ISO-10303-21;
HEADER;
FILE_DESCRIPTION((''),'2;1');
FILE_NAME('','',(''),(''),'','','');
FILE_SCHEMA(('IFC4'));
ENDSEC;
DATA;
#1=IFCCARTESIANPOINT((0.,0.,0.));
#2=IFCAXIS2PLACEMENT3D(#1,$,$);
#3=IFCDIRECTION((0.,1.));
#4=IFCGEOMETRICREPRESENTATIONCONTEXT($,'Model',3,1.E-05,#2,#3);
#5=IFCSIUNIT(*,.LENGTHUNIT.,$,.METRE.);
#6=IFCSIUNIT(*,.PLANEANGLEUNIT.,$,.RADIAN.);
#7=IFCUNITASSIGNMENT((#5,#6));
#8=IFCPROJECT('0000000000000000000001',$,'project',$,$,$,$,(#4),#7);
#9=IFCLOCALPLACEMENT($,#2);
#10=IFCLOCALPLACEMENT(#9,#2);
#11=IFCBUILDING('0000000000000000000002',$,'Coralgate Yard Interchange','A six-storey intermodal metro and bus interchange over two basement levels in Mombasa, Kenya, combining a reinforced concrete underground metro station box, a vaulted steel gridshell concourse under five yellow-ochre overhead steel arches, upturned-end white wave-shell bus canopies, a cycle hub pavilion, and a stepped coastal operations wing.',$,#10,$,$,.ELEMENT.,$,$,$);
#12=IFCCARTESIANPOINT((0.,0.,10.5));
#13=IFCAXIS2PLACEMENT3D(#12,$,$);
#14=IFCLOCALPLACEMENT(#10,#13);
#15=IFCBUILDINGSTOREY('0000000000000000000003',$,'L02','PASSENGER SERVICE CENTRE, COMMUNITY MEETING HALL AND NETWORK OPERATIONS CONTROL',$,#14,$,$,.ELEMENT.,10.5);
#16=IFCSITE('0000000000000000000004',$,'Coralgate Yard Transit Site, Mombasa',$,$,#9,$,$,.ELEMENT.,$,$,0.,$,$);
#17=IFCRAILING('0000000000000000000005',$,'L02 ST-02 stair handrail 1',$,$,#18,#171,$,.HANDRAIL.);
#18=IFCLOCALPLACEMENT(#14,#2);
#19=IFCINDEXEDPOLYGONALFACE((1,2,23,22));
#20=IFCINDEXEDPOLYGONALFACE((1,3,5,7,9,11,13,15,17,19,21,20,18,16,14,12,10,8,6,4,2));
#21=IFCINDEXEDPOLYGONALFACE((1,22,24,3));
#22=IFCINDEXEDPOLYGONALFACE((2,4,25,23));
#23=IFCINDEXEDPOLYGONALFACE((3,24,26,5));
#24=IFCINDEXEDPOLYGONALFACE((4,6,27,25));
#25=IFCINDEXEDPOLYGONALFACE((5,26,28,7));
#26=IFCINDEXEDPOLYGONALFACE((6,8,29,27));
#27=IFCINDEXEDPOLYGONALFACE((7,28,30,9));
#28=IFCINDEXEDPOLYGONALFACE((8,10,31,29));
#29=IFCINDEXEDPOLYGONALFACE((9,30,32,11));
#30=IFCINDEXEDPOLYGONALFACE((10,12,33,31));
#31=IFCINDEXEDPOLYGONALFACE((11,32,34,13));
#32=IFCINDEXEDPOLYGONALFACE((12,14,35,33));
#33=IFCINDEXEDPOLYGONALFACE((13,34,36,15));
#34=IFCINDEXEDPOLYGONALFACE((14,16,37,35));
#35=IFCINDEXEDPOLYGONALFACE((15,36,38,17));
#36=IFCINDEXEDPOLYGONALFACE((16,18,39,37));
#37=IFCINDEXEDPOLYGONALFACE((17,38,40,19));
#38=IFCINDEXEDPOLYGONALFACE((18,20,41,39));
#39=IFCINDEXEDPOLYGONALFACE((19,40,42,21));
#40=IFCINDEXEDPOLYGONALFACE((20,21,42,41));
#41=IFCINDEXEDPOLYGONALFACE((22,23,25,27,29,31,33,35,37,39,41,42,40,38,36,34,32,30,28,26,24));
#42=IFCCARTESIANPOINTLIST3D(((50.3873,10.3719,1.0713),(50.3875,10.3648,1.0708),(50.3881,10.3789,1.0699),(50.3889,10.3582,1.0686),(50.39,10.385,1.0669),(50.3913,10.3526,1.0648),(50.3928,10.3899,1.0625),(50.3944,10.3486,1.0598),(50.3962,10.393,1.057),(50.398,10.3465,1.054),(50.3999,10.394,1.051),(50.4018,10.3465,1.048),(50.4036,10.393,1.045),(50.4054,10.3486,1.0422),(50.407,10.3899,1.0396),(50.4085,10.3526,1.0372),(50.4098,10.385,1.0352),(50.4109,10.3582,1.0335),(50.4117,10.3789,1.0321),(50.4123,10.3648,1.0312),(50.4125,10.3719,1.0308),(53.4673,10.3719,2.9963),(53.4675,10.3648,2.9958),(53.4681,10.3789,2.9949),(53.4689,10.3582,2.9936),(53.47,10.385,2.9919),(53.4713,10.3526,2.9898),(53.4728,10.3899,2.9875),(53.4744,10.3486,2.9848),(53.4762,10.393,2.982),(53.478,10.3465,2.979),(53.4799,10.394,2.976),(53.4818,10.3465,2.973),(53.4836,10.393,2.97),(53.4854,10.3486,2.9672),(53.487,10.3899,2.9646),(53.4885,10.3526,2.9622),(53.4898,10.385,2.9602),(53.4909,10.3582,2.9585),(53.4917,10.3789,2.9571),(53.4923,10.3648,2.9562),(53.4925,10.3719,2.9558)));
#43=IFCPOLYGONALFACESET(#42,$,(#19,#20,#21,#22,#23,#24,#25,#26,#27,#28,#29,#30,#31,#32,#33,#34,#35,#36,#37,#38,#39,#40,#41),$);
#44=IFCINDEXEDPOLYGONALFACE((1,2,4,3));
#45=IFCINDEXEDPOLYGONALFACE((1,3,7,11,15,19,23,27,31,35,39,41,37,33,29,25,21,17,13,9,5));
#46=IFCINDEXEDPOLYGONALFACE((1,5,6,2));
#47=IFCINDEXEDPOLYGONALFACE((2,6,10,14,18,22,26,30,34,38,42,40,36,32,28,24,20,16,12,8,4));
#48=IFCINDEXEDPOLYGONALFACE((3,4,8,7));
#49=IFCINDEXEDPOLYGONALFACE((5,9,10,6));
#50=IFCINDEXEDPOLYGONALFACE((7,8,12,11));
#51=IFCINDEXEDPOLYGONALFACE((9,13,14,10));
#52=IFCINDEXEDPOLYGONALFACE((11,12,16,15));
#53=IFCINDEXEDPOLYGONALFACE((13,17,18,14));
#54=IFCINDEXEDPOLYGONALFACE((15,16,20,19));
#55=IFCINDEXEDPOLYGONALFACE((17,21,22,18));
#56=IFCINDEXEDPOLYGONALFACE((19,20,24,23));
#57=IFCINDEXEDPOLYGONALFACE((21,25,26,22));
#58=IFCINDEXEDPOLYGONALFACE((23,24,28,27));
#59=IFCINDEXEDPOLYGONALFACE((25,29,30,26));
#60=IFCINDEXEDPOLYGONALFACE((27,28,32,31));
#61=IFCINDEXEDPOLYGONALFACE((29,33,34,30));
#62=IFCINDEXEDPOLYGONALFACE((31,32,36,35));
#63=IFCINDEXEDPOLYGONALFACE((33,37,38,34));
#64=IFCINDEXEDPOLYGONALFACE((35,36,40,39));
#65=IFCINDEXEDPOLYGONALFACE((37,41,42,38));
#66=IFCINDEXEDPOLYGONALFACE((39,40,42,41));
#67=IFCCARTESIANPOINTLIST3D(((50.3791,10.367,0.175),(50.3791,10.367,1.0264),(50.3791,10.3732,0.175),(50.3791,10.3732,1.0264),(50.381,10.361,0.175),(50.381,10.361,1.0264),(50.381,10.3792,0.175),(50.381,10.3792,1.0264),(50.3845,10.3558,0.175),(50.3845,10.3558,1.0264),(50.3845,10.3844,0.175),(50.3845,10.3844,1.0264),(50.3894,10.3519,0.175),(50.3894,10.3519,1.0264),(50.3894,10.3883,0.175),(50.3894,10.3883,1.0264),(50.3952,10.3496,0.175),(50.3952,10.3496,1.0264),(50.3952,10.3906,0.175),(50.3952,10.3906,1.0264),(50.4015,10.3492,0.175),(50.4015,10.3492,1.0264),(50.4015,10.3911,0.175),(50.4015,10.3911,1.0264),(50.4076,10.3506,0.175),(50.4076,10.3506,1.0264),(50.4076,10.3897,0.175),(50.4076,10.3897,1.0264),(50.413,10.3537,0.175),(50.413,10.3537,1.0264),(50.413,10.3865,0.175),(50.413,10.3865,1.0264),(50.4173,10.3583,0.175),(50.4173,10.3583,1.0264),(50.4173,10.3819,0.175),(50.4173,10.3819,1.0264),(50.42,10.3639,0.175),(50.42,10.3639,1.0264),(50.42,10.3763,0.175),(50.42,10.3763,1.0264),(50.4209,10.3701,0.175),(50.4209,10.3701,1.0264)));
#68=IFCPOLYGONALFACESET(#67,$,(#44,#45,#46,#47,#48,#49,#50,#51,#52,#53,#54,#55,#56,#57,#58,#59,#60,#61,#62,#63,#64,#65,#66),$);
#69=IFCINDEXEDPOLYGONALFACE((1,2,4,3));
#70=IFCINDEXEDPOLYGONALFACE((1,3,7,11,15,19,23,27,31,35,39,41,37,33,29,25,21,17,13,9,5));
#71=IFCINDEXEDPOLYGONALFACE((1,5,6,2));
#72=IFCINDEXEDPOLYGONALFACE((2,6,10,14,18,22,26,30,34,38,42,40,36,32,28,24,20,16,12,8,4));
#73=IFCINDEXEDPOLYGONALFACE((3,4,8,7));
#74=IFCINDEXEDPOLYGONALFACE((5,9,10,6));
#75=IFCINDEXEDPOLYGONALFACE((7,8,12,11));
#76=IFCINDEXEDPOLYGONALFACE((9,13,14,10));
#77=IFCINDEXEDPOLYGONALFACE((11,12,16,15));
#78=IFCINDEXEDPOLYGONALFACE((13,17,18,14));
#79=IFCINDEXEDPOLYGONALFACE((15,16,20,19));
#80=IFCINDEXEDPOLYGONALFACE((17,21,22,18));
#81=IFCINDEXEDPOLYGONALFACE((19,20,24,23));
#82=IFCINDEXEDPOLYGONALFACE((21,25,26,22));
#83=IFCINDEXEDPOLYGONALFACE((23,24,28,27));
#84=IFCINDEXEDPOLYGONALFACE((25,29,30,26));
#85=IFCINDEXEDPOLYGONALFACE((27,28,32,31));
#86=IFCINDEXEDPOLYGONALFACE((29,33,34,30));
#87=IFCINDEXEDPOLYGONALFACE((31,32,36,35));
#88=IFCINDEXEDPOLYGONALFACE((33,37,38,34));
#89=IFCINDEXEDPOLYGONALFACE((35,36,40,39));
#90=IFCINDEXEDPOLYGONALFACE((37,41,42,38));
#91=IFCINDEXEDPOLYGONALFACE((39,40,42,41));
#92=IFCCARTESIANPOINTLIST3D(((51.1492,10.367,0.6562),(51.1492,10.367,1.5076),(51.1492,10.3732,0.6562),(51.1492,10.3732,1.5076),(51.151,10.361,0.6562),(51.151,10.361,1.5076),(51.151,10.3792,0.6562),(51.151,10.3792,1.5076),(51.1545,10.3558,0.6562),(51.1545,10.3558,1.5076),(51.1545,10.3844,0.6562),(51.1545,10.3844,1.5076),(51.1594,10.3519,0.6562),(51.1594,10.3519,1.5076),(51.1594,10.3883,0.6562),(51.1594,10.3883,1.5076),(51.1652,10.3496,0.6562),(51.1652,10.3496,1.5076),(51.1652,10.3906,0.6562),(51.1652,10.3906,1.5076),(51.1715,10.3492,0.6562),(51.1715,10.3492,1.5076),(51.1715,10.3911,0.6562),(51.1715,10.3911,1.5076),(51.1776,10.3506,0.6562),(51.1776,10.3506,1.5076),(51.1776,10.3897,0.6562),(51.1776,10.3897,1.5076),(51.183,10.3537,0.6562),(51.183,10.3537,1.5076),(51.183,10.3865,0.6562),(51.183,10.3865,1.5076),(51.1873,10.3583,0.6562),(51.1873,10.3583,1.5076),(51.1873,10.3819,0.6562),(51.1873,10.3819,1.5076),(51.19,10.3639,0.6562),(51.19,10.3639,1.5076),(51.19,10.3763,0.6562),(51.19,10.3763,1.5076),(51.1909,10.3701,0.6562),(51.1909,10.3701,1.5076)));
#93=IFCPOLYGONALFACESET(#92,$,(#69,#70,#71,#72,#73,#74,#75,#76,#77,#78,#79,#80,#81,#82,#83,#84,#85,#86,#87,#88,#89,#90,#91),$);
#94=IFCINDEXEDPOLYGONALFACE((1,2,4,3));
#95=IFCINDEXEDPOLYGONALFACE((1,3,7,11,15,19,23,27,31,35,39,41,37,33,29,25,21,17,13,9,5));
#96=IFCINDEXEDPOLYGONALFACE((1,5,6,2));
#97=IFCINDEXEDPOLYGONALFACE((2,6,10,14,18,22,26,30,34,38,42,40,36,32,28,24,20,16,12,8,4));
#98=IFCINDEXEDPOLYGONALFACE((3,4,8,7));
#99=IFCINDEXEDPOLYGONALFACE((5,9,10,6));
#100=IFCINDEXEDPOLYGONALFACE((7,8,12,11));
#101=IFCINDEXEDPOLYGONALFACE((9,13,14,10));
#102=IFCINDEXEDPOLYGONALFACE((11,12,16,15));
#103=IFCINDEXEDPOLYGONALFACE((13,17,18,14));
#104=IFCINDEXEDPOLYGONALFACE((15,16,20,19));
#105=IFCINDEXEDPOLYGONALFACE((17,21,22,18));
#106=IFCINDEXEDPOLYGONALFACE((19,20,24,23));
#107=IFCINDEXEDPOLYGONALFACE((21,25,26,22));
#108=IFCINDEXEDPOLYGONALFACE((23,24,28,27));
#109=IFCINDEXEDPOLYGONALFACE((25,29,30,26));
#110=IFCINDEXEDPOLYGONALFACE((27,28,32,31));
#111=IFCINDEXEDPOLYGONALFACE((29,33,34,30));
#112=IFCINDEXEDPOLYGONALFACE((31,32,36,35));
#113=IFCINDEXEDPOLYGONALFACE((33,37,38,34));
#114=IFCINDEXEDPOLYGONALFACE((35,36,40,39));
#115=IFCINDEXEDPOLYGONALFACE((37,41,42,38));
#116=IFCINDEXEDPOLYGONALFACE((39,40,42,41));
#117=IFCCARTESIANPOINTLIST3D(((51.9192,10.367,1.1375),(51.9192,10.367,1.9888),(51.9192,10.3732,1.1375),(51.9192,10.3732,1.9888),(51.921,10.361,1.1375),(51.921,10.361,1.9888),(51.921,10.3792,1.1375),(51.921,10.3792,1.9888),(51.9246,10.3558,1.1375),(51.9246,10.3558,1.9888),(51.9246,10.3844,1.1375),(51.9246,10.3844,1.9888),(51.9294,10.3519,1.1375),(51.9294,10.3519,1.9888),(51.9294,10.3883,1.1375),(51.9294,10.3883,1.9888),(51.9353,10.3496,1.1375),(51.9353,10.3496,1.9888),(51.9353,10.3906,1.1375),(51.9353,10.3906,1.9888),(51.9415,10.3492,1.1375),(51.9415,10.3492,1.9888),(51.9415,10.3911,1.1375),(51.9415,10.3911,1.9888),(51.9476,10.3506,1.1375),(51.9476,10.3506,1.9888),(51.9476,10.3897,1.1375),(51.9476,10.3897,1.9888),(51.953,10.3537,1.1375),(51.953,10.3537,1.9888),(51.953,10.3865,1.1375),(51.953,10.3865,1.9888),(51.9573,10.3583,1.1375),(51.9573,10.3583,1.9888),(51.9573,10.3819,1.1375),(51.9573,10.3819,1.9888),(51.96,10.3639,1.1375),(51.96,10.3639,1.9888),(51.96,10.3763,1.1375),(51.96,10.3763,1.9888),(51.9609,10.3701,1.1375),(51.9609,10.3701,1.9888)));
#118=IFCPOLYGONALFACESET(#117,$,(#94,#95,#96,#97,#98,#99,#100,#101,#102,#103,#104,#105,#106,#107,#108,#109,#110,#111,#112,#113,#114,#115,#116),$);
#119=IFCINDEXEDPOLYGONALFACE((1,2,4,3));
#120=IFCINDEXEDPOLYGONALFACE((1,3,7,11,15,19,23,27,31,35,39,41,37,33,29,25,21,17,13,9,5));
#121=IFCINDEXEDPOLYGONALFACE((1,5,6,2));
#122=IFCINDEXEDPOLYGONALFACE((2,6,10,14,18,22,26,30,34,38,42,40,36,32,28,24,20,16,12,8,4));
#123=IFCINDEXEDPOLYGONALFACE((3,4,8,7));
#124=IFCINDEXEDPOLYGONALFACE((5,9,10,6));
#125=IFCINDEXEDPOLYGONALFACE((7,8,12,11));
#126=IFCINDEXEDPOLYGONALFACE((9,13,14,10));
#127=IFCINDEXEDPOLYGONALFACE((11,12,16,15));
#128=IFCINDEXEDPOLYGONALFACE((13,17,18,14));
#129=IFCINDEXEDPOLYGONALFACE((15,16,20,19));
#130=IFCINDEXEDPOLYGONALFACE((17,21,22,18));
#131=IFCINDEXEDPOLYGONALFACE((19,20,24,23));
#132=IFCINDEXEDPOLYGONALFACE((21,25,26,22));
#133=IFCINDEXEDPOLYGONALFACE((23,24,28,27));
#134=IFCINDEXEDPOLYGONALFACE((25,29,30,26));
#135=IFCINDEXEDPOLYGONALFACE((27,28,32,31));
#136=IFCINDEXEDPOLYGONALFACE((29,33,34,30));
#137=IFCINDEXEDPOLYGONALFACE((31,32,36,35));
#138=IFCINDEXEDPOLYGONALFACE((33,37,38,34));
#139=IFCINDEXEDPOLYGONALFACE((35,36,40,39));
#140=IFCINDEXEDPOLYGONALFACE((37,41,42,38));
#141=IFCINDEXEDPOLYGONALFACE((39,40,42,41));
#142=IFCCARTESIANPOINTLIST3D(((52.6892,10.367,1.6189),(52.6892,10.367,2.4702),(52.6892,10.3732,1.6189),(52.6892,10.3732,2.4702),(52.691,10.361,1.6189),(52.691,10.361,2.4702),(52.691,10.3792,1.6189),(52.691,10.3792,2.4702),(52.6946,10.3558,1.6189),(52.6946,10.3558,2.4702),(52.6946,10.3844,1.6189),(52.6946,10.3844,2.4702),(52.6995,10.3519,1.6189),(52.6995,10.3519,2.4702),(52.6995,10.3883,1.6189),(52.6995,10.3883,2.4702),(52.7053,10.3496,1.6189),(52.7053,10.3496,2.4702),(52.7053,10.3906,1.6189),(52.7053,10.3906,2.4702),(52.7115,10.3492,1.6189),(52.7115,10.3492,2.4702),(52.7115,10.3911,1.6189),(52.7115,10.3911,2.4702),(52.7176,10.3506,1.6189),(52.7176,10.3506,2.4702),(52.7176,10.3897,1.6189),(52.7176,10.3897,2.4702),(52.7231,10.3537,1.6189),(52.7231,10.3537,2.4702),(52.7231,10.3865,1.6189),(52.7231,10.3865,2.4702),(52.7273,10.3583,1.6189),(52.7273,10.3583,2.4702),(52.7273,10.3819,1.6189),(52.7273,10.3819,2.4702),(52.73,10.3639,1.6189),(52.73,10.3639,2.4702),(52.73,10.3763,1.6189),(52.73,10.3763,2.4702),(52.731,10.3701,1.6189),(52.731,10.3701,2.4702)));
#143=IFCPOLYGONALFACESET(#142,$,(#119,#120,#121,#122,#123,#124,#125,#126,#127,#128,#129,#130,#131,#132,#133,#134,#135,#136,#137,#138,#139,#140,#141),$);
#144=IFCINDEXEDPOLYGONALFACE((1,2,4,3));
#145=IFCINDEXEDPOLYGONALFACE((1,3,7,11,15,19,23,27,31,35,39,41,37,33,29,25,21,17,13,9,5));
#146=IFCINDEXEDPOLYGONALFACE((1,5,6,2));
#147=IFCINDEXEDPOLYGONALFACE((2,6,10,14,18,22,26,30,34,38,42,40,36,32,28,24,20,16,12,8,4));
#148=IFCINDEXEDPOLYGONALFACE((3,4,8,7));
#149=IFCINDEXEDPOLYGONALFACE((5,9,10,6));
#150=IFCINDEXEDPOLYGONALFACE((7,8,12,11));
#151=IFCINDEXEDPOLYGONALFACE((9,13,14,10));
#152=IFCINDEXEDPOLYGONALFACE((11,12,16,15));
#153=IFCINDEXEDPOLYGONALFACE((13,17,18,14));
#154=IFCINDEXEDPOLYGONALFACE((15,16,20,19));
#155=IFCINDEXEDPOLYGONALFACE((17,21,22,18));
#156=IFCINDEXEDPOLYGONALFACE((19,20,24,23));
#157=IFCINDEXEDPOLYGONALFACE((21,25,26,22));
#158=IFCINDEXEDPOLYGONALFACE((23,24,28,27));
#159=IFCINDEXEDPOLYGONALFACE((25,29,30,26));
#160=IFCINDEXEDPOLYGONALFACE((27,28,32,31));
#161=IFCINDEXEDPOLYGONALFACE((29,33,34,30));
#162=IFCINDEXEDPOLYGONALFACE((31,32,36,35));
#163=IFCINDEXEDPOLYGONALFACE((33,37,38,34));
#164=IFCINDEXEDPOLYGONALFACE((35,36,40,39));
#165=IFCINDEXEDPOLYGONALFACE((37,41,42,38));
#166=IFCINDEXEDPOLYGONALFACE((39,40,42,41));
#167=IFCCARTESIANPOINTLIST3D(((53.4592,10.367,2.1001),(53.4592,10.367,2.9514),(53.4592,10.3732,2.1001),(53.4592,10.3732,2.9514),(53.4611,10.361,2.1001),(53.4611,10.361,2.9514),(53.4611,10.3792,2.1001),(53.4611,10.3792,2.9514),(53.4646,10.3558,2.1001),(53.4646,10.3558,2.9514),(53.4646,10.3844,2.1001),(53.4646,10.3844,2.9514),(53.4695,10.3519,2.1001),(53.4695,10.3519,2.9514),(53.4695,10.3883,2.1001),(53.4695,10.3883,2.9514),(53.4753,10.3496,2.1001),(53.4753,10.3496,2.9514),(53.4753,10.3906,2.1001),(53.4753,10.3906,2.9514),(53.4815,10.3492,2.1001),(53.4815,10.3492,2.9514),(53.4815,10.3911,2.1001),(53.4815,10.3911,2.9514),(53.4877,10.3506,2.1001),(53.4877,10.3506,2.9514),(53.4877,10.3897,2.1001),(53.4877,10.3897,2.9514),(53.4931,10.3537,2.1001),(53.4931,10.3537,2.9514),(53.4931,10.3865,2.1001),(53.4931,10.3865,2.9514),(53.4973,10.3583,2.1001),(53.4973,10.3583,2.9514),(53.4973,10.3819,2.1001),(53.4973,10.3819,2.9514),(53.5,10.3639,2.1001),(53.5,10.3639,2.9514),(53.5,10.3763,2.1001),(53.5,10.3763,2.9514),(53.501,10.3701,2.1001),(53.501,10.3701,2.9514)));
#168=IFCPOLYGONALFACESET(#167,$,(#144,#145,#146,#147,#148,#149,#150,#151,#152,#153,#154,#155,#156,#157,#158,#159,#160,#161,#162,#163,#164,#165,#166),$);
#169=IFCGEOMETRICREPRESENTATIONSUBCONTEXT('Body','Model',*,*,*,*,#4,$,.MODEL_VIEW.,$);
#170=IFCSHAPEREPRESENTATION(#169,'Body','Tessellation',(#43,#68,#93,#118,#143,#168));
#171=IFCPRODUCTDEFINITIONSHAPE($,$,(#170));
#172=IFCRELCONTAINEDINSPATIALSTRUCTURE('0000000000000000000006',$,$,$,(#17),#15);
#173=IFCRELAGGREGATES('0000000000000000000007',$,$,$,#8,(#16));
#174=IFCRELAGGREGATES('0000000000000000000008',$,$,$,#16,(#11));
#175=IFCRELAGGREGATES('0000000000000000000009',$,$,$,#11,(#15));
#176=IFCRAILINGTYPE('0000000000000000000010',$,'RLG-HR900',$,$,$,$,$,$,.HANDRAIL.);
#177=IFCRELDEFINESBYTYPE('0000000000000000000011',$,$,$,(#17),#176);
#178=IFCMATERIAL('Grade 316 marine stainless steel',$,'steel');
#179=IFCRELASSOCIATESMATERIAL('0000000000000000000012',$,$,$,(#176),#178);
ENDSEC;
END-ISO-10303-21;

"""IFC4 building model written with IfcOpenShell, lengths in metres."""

from ifc_helpers import new_model, si_unit, direction, frame, origin, origin_2d, place, context, subcontext, project, spatial, circle, extrude, material, type_object, element, save


model = new_model("IFC4")

# Units and contexts
model_context = context("Model", 3, precision=1e-05, world=origin(), true_north=direction((0.0, 1.0)))
body_context = subcontext(model_context, "Body", "Model", "MODEL_VIEW")
ifc_project = project(units=[si_unit("LENGTHUNIT", "METRE"), si_unit("PLANEANGLEUNIT", "RADIAN")], contexts=[model_context])

# Site, building, storey
site_placement = place(None, origin())
site = spatial("IfcSite", under=ifc_project, at=site_placement, Name="Coralgate Yard Transit Site, Mombasa", CompositionType="ELEMENT", RefElevation=0.0)
building_placement = place(site_placement, origin())
building = spatial("IfcBuilding", under=site, at=building_placement, Name="Coralgate Yard Interchange", Description="A six-storey intermodal metro and bus interchange over two basement levels in Mombasa, Kenya, combining a reinforced concrete underground metro station box, a vaulted steel gridshell concourse under five yellow-ochre overhead steel arches, upturned-end white wave-shell bus canopies, a cycle hub pavilion, and a stepped coastal operations wing.", CompositionType="ELEMENT")
storey_placement = place(building_placement, frame((0.0, 0.0, 10.5)))
storey = spatial("IfcBuildingStorey", under=building, at=storey_placement, Name="L02", Description="PASSENGER SERVICE CENTRE, COMMUNITY MEETING HALL AND NETWORK OPERATIONS CONTROL", CompositionType="ELEMENT", Elevation=10.5)

# Railing
ifc_material_1 = material(Name="Grade 316 marine stainless steel", Category="steel")
railing_type_1 = type_object("IfcRailingType", Name="RLG-HR900", PredefinedType="HANDRAIL", material=ifc_material_1)
railing_1_placement = place(storey_placement, frame((50.3999, 10.3701, 0.175)))
element("IfcRailing", 1, at=railing_1_placement, inside=storey, type_object=railing_type_1, Name="L02 ST-02 stair handrail 1", PredefinedType="HANDRAIL", context=body_context, shape_type="SweptSolid", body=[
    extrude(circle(Radius=0.0239, at=origin_2d()), frame((0.0, 0.0, 0.876), z_axis=(0.847998, 0.0, 0.529999), x_axis=(0.0, 1.0, 0.0)), (0.0, 0.0, 1.0), 3.6321),
    extrude(circle(Radius=0.021, at=origin_2d()), origin(), (0.0, 0.0, 1.0), 0.8513),
    extrude(circle(Radius=0.021, at=origin_2d()), frame((0.77, 0.0, 0.4812)), (0.0, 0.0, 1.0), 0.8513),
    extrude(circle(Radius=0.021, at=origin_2d()), frame((1.54, 0.0, 0.9624)), (0.0, 0.0, 1.0), 0.8513),
    extrude(circle(Radius=0.021, at=origin_2d()), frame((2.3101, 0.0, 1.4438)), (0.0, 0.0, 1.0), 0.8513),
    extrude(circle(Radius=0.021, at=origin_2d()), frame((3.0801, 0.0, 1.925)), (0.0, 0.0, 1.0), 0.8513),
])

save(model, "model.ifc")
